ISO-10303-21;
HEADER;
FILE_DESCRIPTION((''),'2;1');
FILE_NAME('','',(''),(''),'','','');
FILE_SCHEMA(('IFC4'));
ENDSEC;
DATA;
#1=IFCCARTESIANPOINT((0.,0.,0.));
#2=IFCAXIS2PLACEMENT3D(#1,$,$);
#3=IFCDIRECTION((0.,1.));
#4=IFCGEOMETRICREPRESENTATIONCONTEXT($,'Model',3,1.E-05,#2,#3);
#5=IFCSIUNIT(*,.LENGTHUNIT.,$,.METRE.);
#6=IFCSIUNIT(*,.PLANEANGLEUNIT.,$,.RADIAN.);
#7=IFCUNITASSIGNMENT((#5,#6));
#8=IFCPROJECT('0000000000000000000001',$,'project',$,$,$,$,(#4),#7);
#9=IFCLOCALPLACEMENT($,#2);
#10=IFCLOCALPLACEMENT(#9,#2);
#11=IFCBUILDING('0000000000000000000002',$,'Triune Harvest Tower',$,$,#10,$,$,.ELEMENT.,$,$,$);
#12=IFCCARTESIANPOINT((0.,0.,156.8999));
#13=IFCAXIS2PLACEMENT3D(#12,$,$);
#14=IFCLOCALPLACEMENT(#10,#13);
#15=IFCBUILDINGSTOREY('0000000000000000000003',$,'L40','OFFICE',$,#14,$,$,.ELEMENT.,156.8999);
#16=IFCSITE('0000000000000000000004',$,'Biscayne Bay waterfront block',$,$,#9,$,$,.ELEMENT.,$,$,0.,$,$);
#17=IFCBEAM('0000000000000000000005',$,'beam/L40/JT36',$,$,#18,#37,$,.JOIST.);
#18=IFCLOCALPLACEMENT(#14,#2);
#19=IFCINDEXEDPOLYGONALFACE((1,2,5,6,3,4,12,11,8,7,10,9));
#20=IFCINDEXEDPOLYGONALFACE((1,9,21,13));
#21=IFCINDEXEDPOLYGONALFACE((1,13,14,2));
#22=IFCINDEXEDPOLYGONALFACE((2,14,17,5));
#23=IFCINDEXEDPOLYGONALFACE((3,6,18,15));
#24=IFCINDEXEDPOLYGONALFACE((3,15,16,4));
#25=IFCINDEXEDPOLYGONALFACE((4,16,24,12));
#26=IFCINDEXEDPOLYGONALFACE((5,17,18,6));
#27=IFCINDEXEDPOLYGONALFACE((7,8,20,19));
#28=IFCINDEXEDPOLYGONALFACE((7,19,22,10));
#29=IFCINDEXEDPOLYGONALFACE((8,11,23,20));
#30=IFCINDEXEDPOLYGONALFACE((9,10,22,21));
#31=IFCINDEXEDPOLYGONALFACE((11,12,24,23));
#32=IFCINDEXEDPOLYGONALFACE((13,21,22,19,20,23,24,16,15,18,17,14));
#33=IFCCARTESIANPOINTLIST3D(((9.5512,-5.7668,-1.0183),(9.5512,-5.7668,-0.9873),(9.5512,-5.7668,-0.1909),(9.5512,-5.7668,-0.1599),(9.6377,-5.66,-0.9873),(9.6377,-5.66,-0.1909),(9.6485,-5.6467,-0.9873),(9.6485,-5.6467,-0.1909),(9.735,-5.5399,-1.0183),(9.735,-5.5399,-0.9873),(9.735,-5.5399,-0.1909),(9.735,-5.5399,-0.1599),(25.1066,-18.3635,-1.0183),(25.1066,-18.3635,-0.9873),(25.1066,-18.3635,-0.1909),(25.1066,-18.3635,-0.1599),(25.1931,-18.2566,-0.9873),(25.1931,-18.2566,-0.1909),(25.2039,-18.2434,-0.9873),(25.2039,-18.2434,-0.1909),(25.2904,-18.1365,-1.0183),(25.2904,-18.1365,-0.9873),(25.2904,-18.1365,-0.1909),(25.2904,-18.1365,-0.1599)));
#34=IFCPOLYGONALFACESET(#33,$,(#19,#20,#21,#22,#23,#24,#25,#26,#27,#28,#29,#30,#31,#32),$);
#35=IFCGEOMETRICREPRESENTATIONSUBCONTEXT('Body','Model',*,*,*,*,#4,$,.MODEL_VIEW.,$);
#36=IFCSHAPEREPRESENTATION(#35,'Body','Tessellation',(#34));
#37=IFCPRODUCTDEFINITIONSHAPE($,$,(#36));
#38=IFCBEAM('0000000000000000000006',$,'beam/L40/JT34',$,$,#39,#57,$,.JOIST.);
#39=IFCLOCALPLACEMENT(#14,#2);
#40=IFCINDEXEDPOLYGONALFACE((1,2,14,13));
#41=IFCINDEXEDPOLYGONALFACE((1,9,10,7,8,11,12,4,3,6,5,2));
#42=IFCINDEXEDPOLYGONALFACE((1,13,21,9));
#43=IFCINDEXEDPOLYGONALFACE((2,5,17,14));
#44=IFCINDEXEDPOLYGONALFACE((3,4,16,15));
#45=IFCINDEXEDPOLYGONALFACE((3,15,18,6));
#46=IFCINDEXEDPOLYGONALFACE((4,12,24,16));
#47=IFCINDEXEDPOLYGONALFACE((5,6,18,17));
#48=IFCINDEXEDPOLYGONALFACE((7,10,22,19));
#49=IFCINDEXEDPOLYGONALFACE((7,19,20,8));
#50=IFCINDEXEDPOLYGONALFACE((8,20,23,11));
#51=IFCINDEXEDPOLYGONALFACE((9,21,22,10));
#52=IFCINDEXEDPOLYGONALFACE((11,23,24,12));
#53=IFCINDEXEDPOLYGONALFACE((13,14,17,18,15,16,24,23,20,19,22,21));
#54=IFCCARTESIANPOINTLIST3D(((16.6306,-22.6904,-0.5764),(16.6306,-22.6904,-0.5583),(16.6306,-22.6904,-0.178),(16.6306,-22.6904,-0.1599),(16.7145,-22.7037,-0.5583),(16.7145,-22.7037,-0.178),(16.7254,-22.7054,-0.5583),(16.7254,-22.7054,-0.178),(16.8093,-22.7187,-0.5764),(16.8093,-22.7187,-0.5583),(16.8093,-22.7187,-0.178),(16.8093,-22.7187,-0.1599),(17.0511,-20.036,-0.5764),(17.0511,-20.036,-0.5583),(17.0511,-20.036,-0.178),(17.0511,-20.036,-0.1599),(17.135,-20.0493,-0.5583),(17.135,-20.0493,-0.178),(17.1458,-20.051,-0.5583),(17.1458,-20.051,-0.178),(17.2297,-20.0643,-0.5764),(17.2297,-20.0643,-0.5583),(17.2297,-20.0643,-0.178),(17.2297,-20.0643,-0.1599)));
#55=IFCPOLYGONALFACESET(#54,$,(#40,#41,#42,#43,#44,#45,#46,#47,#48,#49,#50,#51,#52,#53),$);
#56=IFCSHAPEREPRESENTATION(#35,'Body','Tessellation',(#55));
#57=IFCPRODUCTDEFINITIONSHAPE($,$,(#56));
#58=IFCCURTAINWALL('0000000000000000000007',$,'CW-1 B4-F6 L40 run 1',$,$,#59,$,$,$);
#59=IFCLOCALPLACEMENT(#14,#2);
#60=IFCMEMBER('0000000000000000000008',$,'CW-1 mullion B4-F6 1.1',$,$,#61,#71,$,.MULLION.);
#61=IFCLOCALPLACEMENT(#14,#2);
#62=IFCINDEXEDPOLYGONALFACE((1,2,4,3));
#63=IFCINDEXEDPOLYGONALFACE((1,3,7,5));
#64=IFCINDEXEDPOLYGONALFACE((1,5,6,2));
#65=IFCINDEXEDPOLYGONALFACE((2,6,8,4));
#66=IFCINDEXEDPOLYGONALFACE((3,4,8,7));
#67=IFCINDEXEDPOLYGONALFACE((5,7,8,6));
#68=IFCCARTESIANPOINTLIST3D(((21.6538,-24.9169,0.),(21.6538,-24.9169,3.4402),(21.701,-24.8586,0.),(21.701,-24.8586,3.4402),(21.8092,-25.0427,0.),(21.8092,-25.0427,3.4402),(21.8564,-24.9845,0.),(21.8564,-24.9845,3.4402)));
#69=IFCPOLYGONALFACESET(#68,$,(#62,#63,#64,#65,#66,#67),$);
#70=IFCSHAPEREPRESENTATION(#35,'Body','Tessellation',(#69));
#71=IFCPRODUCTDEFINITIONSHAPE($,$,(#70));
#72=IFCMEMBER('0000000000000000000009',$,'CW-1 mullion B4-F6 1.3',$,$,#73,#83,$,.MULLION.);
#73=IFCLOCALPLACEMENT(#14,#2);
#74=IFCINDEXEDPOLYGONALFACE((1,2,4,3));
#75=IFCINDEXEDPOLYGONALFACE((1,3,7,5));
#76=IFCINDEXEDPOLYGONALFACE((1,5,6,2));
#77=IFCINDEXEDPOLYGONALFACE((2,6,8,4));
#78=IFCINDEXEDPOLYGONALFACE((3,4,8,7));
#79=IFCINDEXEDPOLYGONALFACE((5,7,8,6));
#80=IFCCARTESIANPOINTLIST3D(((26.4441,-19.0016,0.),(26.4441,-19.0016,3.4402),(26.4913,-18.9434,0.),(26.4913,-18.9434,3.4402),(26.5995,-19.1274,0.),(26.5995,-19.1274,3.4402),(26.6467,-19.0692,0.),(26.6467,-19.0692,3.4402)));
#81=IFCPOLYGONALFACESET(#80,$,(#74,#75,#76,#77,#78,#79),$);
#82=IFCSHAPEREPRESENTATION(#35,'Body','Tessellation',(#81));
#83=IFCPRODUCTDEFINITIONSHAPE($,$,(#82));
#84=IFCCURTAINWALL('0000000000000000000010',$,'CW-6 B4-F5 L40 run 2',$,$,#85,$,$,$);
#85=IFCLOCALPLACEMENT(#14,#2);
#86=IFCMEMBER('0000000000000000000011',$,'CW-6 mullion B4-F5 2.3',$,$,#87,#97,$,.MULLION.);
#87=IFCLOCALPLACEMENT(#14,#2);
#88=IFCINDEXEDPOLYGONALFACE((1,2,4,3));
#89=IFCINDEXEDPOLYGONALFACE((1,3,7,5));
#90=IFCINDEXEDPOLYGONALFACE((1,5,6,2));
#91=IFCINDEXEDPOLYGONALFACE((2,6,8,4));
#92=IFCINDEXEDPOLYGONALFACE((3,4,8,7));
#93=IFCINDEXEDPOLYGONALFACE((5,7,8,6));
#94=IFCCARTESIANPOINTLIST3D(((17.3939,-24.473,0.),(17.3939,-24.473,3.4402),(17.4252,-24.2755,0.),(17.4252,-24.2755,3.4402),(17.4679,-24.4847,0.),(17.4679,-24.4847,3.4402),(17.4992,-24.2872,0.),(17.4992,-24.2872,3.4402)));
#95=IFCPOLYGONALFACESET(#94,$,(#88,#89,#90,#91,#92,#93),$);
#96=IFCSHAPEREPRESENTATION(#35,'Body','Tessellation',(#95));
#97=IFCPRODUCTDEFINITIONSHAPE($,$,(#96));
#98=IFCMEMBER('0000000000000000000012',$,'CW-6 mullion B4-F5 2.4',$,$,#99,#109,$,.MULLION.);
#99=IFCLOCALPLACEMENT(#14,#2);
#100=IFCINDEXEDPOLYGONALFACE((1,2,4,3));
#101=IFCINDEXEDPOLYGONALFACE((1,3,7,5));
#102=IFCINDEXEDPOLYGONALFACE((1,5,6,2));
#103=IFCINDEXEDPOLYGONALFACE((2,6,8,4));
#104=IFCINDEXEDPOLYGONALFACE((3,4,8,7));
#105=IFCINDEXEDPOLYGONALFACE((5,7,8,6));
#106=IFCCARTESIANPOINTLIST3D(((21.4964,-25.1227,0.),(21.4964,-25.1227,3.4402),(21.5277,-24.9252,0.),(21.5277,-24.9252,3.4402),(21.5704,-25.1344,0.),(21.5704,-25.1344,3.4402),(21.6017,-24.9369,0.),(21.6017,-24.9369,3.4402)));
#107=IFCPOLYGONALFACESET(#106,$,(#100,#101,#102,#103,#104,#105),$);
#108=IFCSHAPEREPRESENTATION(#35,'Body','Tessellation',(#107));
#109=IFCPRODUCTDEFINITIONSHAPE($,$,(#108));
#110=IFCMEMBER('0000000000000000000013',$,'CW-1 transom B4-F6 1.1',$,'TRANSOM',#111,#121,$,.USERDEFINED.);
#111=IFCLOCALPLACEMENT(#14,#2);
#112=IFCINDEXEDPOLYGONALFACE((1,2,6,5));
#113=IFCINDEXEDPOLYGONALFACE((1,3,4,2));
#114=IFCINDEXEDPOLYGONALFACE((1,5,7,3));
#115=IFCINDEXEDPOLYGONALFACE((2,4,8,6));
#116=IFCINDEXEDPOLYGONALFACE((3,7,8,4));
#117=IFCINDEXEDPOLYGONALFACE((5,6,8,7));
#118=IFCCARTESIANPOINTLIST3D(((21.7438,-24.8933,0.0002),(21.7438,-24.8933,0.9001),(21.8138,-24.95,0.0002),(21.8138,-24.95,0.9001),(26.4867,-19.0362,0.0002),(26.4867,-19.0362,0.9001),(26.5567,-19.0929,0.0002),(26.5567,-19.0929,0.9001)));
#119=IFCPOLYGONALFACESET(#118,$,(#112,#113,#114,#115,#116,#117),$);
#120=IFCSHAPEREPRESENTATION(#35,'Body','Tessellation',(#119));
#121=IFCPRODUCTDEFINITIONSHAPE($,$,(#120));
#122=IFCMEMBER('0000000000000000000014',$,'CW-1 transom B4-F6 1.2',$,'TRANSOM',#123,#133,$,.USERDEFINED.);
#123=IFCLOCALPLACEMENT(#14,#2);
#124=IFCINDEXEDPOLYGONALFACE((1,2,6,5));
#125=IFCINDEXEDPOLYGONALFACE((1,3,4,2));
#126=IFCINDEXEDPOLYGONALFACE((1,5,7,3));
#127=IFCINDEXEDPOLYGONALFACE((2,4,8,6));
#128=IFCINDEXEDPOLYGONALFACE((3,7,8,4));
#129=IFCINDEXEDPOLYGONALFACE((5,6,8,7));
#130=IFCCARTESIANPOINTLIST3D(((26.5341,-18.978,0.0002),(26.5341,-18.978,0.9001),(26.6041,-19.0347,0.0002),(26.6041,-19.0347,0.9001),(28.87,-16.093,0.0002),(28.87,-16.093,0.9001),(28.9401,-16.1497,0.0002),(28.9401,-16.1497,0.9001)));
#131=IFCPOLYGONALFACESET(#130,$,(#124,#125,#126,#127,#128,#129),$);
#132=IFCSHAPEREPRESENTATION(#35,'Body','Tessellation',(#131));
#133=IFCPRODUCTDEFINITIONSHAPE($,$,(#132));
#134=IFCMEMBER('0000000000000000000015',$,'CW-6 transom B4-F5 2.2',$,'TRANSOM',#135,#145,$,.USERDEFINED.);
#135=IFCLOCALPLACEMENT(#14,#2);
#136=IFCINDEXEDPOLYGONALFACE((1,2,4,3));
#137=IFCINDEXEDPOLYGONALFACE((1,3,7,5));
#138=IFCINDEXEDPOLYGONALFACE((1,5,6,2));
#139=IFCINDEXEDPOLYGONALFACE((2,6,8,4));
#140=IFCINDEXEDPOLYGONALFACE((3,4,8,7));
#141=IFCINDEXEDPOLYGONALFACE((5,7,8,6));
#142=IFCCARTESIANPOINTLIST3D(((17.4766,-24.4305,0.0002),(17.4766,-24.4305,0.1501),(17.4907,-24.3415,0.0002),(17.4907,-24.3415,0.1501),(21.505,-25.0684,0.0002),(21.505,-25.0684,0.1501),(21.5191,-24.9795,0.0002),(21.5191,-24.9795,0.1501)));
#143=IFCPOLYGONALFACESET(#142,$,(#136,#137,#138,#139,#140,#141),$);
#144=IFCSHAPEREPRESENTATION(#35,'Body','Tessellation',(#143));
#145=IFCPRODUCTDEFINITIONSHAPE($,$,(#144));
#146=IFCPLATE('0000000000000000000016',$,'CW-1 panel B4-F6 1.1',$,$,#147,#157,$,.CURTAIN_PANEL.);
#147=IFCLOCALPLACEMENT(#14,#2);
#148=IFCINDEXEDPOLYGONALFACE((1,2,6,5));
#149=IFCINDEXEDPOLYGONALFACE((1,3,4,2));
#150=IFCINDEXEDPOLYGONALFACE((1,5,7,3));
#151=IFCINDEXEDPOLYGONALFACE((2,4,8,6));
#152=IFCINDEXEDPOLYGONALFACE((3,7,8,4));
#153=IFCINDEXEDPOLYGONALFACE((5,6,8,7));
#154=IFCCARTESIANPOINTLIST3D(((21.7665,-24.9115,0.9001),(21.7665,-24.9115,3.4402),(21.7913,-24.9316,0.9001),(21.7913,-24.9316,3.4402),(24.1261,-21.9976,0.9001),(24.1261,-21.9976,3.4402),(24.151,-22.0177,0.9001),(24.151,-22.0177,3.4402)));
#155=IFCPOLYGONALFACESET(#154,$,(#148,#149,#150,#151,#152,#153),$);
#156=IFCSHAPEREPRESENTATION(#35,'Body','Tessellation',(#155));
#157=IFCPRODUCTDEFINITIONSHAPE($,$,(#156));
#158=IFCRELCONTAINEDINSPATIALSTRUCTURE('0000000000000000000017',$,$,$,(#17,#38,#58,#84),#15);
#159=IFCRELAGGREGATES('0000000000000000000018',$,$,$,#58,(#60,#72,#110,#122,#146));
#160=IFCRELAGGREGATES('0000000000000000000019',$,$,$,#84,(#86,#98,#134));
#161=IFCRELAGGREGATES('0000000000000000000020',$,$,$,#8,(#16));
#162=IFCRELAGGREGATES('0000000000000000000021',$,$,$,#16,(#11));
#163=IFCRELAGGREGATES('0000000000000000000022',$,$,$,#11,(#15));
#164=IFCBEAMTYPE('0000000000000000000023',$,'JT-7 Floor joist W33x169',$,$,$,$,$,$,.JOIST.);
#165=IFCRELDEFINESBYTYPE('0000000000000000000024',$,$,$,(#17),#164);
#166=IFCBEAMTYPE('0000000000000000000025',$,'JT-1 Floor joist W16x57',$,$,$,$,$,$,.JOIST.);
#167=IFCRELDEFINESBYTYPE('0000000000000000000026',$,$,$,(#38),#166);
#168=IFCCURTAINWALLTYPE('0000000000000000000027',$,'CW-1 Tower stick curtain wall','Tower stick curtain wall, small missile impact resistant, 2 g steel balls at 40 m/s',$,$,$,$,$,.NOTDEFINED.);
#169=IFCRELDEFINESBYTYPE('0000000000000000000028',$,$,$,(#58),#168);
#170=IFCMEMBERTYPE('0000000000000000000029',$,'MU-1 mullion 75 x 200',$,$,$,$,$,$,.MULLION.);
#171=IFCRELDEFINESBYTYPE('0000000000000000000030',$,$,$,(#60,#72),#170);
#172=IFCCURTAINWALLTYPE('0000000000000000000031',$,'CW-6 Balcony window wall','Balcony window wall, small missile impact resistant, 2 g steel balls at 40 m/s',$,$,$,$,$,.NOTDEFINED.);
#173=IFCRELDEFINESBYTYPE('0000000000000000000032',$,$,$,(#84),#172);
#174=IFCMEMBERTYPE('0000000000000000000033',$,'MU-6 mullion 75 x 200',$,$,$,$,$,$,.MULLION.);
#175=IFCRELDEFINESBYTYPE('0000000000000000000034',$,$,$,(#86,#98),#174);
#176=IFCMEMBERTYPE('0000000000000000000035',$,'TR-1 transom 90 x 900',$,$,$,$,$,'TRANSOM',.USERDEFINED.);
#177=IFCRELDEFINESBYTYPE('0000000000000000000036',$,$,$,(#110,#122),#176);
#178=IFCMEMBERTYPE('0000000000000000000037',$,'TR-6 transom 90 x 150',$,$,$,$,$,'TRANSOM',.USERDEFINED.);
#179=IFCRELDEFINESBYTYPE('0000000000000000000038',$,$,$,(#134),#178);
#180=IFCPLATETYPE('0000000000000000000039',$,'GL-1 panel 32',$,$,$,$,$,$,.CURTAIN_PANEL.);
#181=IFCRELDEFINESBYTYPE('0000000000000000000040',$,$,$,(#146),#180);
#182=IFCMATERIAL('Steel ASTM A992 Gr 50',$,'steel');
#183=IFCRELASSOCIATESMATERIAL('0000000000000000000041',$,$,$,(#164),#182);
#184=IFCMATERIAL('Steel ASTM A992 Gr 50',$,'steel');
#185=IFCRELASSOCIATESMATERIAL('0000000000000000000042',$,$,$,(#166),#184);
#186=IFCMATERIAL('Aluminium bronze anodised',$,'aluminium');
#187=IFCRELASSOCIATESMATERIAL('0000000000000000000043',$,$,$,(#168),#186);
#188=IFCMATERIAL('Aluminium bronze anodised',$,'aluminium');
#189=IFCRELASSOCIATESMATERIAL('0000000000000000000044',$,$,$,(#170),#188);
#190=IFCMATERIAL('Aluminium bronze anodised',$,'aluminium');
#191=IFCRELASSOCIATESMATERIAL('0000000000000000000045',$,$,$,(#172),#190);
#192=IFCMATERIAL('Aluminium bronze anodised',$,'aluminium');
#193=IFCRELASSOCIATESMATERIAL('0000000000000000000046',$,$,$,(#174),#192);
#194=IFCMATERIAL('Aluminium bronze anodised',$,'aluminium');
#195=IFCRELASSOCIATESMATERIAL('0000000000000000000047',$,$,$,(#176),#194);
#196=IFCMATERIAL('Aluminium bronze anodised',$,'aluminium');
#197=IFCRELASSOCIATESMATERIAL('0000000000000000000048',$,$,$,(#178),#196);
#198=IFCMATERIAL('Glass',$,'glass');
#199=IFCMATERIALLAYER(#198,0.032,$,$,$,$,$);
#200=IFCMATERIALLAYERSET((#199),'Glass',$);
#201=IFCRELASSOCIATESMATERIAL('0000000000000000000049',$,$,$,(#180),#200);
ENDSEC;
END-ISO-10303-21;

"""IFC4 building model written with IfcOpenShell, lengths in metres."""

from ifc_helpers import new_model, si_unit, direction, frame, origin, origin_2d, place, context, subcontext, project, spatial, rectangle, i_section, extrude, source, transform, mapped, material, layer, layer_set, material_profile, profile_set, type_object, element, aggregate, save


model = new_model("IFC4")

# Units and contexts
model_context = context("Model", 3, precision=1e-05, world=origin(), true_north=direction((0.0, 1.0)))
body_context = subcontext(model_context, "Body", "Model", "MODEL_VIEW")
ifc_project = project(units=[si_unit("LENGTHUNIT", "METRE"), si_unit("PLANEANGLEUNIT", "RADIAN")], contexts=[model_context])

# Site, building, storey
site_placement = place(None, origin())
site = spatial("IfcSite", under=ifc_project, at=site_placement, Name="Biscayne Bay waterfront block", CompositionType="ELEMENT", RefElevation=0.0)
building_placement = place(site_placement, origin())
building = spatial("IfcBuilding", under=site, at=building_placement, Name="Triune Harvest Tower", CompositionType="ELEMENT")
storey_placement = place(building_placement, frame((0.0, 0.0, 156.8999)))
storey = spatial("IfcBuildingStorey", under=building, at=storey_placement, Name="L40", Description="OFFICE", CompositionType="ELEMENT", Elevation=156.8999)

# Beams
ifc_material_1 = material(Name="Steel ASTM A992 Gr 50", Category="steel")
ifc_material_profile_1 = material_profile(ifc_material_1, i_section(OverallWidth=0.292, OverallDepth=0.8584, WebThickness=0.0171, FlangeThickness=0.031, at=origin_2d()), Name="W33x169")
ifc_profile_set_1 = profile_set([ifc_material_profile_1], Name="Steel ASTM A992 Gr 50")
beam_type_1 = type_object("IfcBeamType", Name="JT-7 Floor joist W33x169", PredefinedType="JOIST", material=ifc_profile_set_1)
shared_shape_1 = source(origin(), body_context, "Body", "SweptSolid", [
    extrude(i_section(OverallWidth=0.292, OverallDepth=0.8584, WebThickness=0.0171, FlangeThickness=0.031, at=origin_2d()), origin(), (0.0, 0.0, 1.0), 20.0161),
])
beam_1_placement = place(storey_placement, frame((25.1985, -18.25, -0.5891), z_axis=(-0.777142, 0.629325, 0.0), x_axis=(-0.629325, -0.777142, 0.0)))
element("IfcBeam", 1, at=beam_1_placement, inside=storey, type_object=beam_type_1, Name="beam/L40/JT36", PredefinedType="JOIST", context=body_context, shape_type="MappedRepresentation", body=[
    mapped(shared_shape_1, transform((0.0, 0.0, 0.0), scale=1.0)),
])
ifc_material_2 = material(Name="Steel ASTM A992 Gr 50", Category="steel")
ifc_material_profile_2 = material_profile(ifc_material_2, i_section(OverallWidth=0.1809, OverallDepth=0.4165, WebThickness=0.011, FlangeThickness=0.0181, at=origin_2d()), Name="W16x57")
ifc_profile_set_2 = profile_set([ifc_material_profile_2], Name="Steel ASTM A992 Gr 50")
beam_type_2 = type_object("IfcBeamType", Name="JT-1 Floor joist W16x57", PredefinedType="JOIST", material=ifc_profile_set_2)
shared_shape_2 = source(origin(), body_context, "Body", "SweptSolid", [
    extrude(i_section(OverallWidth=0.1809, OverallDepth=0.4165, WebThickness=0.011, FlangeThickness=0.0181, at=origin_2d()), origin(), (0.0, 0.0, 1.0), 2.6875),
])
beam_2_placement = place(storey_placement, frame((16.72, -22.7046, -0.3682), z_axis=(0.156438, 0.987688, 0.0), x_axis=(-0.987688, 0.156438, 0.0)))
element("IfcBeam", 2, at=beam_2_placement, inside=storey, type_object=beam_type_2, Name="beam/L40/JT34", PredefinedType="JOIST", context=body_context, shape_type="MappedRepresentation", body=[
    mapped(shared_shape_2, transform((0.0, 0.0, 0.0), scale=1.0)),
])

# Curtain walls, members
ifc_material_3 = material(Name="Aluminium bronze anodised", Category="aluminium")
curtain_wall_type_1 = type_object("IfcCurtainWallType", Name="CW-1 Tower stick curtain wall", Description="Tower stick curtain wall, small missile impact resistant, 2 g steel balls at 40 m/s", PredefinedType="NOTDEFINED", material=ifc_material_3)
curtain_wall_1_placement = place(storey_placement, origin())
curtain_wall_1 = element("IfcCurtainWall", 3, at=curtain_wall_1_placement, inside=storey, type_object=curtain_wall_type_1, Name="CW-1 B4-F6 L40 run 1")
ifc_material_4 = material(Name="Aluminium bronze anodised", Category="aluminium")
ifc_material_profile_3 = material_profile(ifc_material_4, rectangle(XDim=0.2, YDim=0.075, at=origin_2d()), Name="MU-1 mullion 75 x 200")
ifc_profile_set_3 = profile_set([ifc_material_profile_3], Name="Aluminium bronze anodised")
member_type_1 = type_object("IfcMemberType", Name="MU-1 mullion 75 x 200", PredefinedType="MULLION", material=ifc_profile_set_3)
shared_shape_3 = source(origin(), body_context, "Body", "SweptSolid", [
    extrude(rectangle(XDim=0.2, YDim=0.075, at=origin_2d()), origin(), (0.0, 0.0, 1.0), 3.4402),
])
member_1_placement = place(storey_placement, frame((21.7551, -24.9507, 0.0), z_axis=(0.0, 0.0, 1.0), x_axis=(-0.777146, 0.629321, 0.0)))
member_1 = element("IfcMember", 4, at=member_1_placement, type_object=member_type_1, Name="CW-1 mullion B4-F6 1.1", PredefinedType="MULLION", context=body_context, shape_type="MappedRepresentation", body=[
    mapped(shared_shape_3, transform((0.0, 0.0, 0.0), scale=1.0)),
])
member_2_placement = place(storey_placement, frame((26.5454, -19.0354, 0.0), z_axis=(0.0, 0.0, 1.0), x_axis=(-0.777146, 0.629321, 0.0)))
member_2 = element("IfcMember", 5, at=member_2_placement, type_object=member_type_1, Name="CW-1 mullion B4-F6 1.3", PredefinedType="MULLION", context=body_context, shape_type="MappedRepresentation", body=[
    mapped(shared_shape_3, transform((0.0, 0.0, 0.0), scale=1.0)),
])
ifc_material_5 = material(Name="Aluminium bronze anodised", Category="aluminium")
curtain_wall_type_2 = type_object("IfcCurtainWallType", Name="CW-6 Balcony window wall", Description="Balcony window wall, small missile impact resistant, 2 g steel balls at 40 m/s", PredefinedType="NOTDEFINED", material=ifc_material_5)
curtain_wall_2_placement = place(storey_placement, origin())
curtain_wall_2 = element("IfcCurtainWall", 6, at=curtain_wall_2_placement, inside=storey, type_object=curtain_wall_type_2, Name="CW-6 B4-F5 L40 run 2")
ifc_material_6 = material(Name="Aluminium bronze anodised", Category="aluminium")
ifc_material_profile_4 = material_profile(ifc_material_6, rectangle(XDim=0.2, YDim=0.075, at=origin_2d()), Name="MU-6 mullion 75 x 200")
ifc_profile_set_4 = profile_set([ifc_material_profile_4], Name="Aluminium bronze anodised")
member_type_2 = type_object("IfcMemberType", Name="MU-6 mullion 75 x 200", PredefinedType="MULLION", material=ifc_profile_set_4)
shared_shape_4 = source(origin(), body_context, "Body", "SweptSolid", [
    extrude(rectangle(XDim=0.2, YDim=0.075, at=origin_2d()), origin(), (0.0, 0.0, 1.0), 3.4402),
])
member_3_placement = place(storey_placement, frame((17.4465, -24.3801, 0.0), z_axis=(0.0, 0.0, 1.0), x_axis=(0.156435, 0.987688, 0.0)))
member_3 = element("IfcMember", 7, at=member_3_placement, type_object=member_type_2, Name="CW-6 mullion B4-F5 2.3", PredefinedType="MULLION", context=body_context, shape_type="MappedRepresentation", body=[
    mapped(shared_shape_4, transform((0.0, 0.0, 0.0), scale=1.0)),
])
member_4_placement = place(storey_placement, frame((21.5491, -25.0298, 0.0), z_axis=(0.0, 0.0, 1.0), x_axis=(0.156435, 0.987688, 0.0)))
member_4 = element("IfcMember", 8, at=member_4_placement, type_object=member_type_2, Name="CW-6 mullion B4-F5 2.4", PredefinedType="MULLION", context=body_context, shape_type="MappedRepresentation", body=[
    mapped(shared_shape_4, transform((0.0, 0.0, 0.0), scale=1.0)),
])

# Members
ifc_material_7 = material(Name="Aluminium bronze anodised", Category="aluminium")
ifc_material_profile_5 = material_profile(ifc_material_7, rectangle(XDim=0.0901, YDim=0.8999, at=origin_2d()), Name="TR-1 transom 90 x 900")
ifc_profile_set_5 = profile_set([ifc_material_profile_5], Name="Aluminium bronze anodised")
member_type_3 = type_object("IfcMemberType", Name="TR-1 transom 90 x 900", ElementType="TRANSOM", PredefinedType="USERDEFINED", material=ifc_profile_set_5)
shared_shape_5 = source(origin(), body_context, "Body", "SweptSolid", [
    extrude(rectangle(XDim=0.0901, YDim=0.8999, at=origin_2d()), origin(), (0.0, 0.0, 1.0), 7.5366),
])
member_5_placement = place(storey_placement, frame((21.7788, -24.9216, 0.4502), z_axis=(0.62931, 0.777154, 0.0), x_axis=(-0.777154, 0.62931, 0.0)))
member_5 = element("IfcMember", 9, at=member_5_placement, type_object=member_type_3, Name="CW-1 transom B4-F6 1.1", ObjectType="TRANSOM", PredefinedType="USERDEFINED", context=body_context, shape_type="MappedRepresentation", body=[
    mapped(shared_shape_5, transform((0.0, 0.0, 0.0), scale=1.0)),
])
shared_shape_6 = source(origin(), body_context, "Body", "SweptSolid", [
    extrude(rectangle(XDim=0.0901, YDim=0.8999, at=origin_2d()), origin(), (0.0, 0.0, 1.0), 3.7122),
])
member_6_placement = place(storey_placement, frame((26.5691, -19.0063, 0.4502), z_axis=(0.629272, 0.777185, 0.0), x_axis=(-0.777185, 0.629272, 0.0)))
member_6 = element("IfcMember", 10, at=member_6_placement, type_object=member_type_3, Name="CW-1 transom B4-F6 1.2", ObjectType="TRANSOM", PredefinedType="USERDEFINED", context=body_context, shape_type="MappedRepresentation", body=[
    mapped(shared_shape_6, transform((0.0, 0.0, 0.0), scale=1.0)),
])
ifc_material_8 = material(Name="Aluminium bronze anodised", Category="aluminium")
ifc_material_profile_6 = material_profile(ifc_material_8, rectangle(XDim=0.0901, YDim=0.1499, at=origin_2d()), Name="TR-6 transom 90 x 150")
ifc_profile_set_6 = profile_set([ifc_material_profile_6], Name="Aluminium bronze anodised")
member_type_4 = type_object("IfcMemberType", Name="TR-6 transom 90 x 150", ElementType="TRANSOM", PredefinedType="USERDEFINED", material=ifc_profile_set_6)
shared_shape_7 = source(origin(), body_context, "Body", "SweptSolid", [
    extrude(rectangle(XDim=0.0901, YDim=0.1499, at=origin_2d()), origin(), (0.0, 0.0, 1.0), 4.0786),
])
member_7_placement = place(storey_placement, frame((17.4836, -24.386, 0.0752), z_axis=(0.987692, -0.156414, 0.0), x_axis=(0.156414, 0.987692, 0.0)))
member_7 = element("IfcMember", 11, at=member_7_placement, type_object=member_type_4, Name="CW-6 transom B4-F5 2.2", ObjectType="TRANSOM", PredefinedType="USERDEFINED", context=body_context, shape_type="MappedRepresentation", body=[
    mapped(shared_shape_7, transform((0.0, 0.0, 0.0), scale=1.0)),
])

# Plate
ifc_material_9 = material(Name="Glass", Category="glass")
ifc_layer_1 = layer(ifc_material_9, 0.032)
ifc_layer_set_1 = layer_set([ifc_layer_1], Name="Glass")
plate_type_1 = type_object("IfcPlateType", Name="GL-1 panel 32", PredefinedType="CURTAIN_PANEL", material=ifc_layer_set_1)
shared_shape_8 = source(origin(), body_context, "Body", "SweptSolid", [
    extrude(rectangle(XDim=3.7495, YDim=0.032, at=origin_2d()), origin(), (0.0, 0.0, 1.0), 2.54),
])
plate_1_placement = place(storey_placement, frame((22.9587, -23.4646, 0.9001), z_axis=(0.0, 0.0, 1.0), x_axis=(0.629321, 0.777146, 0.0)))
plate_1 = element("IfcPlate", 12, at=plate_1_placement, type_object=plate_type_1, Name="CW-1 panel B4-F6 1.1", PredefinedType="CURTAIN_PANEL", context=body_context, shape_type="MappedRepresentation", body=[
    mapped(shared_shape_8, transform((0.0, 0.0, 0.0), scale=1.0)),
])
aggregate(curtain_wall_1, [member_1, member_2, member_5, member_6, plate_1])
aggregate(curtain_wall_2, [member_3, member_4, member_7])

save(model, "model.ifc")
